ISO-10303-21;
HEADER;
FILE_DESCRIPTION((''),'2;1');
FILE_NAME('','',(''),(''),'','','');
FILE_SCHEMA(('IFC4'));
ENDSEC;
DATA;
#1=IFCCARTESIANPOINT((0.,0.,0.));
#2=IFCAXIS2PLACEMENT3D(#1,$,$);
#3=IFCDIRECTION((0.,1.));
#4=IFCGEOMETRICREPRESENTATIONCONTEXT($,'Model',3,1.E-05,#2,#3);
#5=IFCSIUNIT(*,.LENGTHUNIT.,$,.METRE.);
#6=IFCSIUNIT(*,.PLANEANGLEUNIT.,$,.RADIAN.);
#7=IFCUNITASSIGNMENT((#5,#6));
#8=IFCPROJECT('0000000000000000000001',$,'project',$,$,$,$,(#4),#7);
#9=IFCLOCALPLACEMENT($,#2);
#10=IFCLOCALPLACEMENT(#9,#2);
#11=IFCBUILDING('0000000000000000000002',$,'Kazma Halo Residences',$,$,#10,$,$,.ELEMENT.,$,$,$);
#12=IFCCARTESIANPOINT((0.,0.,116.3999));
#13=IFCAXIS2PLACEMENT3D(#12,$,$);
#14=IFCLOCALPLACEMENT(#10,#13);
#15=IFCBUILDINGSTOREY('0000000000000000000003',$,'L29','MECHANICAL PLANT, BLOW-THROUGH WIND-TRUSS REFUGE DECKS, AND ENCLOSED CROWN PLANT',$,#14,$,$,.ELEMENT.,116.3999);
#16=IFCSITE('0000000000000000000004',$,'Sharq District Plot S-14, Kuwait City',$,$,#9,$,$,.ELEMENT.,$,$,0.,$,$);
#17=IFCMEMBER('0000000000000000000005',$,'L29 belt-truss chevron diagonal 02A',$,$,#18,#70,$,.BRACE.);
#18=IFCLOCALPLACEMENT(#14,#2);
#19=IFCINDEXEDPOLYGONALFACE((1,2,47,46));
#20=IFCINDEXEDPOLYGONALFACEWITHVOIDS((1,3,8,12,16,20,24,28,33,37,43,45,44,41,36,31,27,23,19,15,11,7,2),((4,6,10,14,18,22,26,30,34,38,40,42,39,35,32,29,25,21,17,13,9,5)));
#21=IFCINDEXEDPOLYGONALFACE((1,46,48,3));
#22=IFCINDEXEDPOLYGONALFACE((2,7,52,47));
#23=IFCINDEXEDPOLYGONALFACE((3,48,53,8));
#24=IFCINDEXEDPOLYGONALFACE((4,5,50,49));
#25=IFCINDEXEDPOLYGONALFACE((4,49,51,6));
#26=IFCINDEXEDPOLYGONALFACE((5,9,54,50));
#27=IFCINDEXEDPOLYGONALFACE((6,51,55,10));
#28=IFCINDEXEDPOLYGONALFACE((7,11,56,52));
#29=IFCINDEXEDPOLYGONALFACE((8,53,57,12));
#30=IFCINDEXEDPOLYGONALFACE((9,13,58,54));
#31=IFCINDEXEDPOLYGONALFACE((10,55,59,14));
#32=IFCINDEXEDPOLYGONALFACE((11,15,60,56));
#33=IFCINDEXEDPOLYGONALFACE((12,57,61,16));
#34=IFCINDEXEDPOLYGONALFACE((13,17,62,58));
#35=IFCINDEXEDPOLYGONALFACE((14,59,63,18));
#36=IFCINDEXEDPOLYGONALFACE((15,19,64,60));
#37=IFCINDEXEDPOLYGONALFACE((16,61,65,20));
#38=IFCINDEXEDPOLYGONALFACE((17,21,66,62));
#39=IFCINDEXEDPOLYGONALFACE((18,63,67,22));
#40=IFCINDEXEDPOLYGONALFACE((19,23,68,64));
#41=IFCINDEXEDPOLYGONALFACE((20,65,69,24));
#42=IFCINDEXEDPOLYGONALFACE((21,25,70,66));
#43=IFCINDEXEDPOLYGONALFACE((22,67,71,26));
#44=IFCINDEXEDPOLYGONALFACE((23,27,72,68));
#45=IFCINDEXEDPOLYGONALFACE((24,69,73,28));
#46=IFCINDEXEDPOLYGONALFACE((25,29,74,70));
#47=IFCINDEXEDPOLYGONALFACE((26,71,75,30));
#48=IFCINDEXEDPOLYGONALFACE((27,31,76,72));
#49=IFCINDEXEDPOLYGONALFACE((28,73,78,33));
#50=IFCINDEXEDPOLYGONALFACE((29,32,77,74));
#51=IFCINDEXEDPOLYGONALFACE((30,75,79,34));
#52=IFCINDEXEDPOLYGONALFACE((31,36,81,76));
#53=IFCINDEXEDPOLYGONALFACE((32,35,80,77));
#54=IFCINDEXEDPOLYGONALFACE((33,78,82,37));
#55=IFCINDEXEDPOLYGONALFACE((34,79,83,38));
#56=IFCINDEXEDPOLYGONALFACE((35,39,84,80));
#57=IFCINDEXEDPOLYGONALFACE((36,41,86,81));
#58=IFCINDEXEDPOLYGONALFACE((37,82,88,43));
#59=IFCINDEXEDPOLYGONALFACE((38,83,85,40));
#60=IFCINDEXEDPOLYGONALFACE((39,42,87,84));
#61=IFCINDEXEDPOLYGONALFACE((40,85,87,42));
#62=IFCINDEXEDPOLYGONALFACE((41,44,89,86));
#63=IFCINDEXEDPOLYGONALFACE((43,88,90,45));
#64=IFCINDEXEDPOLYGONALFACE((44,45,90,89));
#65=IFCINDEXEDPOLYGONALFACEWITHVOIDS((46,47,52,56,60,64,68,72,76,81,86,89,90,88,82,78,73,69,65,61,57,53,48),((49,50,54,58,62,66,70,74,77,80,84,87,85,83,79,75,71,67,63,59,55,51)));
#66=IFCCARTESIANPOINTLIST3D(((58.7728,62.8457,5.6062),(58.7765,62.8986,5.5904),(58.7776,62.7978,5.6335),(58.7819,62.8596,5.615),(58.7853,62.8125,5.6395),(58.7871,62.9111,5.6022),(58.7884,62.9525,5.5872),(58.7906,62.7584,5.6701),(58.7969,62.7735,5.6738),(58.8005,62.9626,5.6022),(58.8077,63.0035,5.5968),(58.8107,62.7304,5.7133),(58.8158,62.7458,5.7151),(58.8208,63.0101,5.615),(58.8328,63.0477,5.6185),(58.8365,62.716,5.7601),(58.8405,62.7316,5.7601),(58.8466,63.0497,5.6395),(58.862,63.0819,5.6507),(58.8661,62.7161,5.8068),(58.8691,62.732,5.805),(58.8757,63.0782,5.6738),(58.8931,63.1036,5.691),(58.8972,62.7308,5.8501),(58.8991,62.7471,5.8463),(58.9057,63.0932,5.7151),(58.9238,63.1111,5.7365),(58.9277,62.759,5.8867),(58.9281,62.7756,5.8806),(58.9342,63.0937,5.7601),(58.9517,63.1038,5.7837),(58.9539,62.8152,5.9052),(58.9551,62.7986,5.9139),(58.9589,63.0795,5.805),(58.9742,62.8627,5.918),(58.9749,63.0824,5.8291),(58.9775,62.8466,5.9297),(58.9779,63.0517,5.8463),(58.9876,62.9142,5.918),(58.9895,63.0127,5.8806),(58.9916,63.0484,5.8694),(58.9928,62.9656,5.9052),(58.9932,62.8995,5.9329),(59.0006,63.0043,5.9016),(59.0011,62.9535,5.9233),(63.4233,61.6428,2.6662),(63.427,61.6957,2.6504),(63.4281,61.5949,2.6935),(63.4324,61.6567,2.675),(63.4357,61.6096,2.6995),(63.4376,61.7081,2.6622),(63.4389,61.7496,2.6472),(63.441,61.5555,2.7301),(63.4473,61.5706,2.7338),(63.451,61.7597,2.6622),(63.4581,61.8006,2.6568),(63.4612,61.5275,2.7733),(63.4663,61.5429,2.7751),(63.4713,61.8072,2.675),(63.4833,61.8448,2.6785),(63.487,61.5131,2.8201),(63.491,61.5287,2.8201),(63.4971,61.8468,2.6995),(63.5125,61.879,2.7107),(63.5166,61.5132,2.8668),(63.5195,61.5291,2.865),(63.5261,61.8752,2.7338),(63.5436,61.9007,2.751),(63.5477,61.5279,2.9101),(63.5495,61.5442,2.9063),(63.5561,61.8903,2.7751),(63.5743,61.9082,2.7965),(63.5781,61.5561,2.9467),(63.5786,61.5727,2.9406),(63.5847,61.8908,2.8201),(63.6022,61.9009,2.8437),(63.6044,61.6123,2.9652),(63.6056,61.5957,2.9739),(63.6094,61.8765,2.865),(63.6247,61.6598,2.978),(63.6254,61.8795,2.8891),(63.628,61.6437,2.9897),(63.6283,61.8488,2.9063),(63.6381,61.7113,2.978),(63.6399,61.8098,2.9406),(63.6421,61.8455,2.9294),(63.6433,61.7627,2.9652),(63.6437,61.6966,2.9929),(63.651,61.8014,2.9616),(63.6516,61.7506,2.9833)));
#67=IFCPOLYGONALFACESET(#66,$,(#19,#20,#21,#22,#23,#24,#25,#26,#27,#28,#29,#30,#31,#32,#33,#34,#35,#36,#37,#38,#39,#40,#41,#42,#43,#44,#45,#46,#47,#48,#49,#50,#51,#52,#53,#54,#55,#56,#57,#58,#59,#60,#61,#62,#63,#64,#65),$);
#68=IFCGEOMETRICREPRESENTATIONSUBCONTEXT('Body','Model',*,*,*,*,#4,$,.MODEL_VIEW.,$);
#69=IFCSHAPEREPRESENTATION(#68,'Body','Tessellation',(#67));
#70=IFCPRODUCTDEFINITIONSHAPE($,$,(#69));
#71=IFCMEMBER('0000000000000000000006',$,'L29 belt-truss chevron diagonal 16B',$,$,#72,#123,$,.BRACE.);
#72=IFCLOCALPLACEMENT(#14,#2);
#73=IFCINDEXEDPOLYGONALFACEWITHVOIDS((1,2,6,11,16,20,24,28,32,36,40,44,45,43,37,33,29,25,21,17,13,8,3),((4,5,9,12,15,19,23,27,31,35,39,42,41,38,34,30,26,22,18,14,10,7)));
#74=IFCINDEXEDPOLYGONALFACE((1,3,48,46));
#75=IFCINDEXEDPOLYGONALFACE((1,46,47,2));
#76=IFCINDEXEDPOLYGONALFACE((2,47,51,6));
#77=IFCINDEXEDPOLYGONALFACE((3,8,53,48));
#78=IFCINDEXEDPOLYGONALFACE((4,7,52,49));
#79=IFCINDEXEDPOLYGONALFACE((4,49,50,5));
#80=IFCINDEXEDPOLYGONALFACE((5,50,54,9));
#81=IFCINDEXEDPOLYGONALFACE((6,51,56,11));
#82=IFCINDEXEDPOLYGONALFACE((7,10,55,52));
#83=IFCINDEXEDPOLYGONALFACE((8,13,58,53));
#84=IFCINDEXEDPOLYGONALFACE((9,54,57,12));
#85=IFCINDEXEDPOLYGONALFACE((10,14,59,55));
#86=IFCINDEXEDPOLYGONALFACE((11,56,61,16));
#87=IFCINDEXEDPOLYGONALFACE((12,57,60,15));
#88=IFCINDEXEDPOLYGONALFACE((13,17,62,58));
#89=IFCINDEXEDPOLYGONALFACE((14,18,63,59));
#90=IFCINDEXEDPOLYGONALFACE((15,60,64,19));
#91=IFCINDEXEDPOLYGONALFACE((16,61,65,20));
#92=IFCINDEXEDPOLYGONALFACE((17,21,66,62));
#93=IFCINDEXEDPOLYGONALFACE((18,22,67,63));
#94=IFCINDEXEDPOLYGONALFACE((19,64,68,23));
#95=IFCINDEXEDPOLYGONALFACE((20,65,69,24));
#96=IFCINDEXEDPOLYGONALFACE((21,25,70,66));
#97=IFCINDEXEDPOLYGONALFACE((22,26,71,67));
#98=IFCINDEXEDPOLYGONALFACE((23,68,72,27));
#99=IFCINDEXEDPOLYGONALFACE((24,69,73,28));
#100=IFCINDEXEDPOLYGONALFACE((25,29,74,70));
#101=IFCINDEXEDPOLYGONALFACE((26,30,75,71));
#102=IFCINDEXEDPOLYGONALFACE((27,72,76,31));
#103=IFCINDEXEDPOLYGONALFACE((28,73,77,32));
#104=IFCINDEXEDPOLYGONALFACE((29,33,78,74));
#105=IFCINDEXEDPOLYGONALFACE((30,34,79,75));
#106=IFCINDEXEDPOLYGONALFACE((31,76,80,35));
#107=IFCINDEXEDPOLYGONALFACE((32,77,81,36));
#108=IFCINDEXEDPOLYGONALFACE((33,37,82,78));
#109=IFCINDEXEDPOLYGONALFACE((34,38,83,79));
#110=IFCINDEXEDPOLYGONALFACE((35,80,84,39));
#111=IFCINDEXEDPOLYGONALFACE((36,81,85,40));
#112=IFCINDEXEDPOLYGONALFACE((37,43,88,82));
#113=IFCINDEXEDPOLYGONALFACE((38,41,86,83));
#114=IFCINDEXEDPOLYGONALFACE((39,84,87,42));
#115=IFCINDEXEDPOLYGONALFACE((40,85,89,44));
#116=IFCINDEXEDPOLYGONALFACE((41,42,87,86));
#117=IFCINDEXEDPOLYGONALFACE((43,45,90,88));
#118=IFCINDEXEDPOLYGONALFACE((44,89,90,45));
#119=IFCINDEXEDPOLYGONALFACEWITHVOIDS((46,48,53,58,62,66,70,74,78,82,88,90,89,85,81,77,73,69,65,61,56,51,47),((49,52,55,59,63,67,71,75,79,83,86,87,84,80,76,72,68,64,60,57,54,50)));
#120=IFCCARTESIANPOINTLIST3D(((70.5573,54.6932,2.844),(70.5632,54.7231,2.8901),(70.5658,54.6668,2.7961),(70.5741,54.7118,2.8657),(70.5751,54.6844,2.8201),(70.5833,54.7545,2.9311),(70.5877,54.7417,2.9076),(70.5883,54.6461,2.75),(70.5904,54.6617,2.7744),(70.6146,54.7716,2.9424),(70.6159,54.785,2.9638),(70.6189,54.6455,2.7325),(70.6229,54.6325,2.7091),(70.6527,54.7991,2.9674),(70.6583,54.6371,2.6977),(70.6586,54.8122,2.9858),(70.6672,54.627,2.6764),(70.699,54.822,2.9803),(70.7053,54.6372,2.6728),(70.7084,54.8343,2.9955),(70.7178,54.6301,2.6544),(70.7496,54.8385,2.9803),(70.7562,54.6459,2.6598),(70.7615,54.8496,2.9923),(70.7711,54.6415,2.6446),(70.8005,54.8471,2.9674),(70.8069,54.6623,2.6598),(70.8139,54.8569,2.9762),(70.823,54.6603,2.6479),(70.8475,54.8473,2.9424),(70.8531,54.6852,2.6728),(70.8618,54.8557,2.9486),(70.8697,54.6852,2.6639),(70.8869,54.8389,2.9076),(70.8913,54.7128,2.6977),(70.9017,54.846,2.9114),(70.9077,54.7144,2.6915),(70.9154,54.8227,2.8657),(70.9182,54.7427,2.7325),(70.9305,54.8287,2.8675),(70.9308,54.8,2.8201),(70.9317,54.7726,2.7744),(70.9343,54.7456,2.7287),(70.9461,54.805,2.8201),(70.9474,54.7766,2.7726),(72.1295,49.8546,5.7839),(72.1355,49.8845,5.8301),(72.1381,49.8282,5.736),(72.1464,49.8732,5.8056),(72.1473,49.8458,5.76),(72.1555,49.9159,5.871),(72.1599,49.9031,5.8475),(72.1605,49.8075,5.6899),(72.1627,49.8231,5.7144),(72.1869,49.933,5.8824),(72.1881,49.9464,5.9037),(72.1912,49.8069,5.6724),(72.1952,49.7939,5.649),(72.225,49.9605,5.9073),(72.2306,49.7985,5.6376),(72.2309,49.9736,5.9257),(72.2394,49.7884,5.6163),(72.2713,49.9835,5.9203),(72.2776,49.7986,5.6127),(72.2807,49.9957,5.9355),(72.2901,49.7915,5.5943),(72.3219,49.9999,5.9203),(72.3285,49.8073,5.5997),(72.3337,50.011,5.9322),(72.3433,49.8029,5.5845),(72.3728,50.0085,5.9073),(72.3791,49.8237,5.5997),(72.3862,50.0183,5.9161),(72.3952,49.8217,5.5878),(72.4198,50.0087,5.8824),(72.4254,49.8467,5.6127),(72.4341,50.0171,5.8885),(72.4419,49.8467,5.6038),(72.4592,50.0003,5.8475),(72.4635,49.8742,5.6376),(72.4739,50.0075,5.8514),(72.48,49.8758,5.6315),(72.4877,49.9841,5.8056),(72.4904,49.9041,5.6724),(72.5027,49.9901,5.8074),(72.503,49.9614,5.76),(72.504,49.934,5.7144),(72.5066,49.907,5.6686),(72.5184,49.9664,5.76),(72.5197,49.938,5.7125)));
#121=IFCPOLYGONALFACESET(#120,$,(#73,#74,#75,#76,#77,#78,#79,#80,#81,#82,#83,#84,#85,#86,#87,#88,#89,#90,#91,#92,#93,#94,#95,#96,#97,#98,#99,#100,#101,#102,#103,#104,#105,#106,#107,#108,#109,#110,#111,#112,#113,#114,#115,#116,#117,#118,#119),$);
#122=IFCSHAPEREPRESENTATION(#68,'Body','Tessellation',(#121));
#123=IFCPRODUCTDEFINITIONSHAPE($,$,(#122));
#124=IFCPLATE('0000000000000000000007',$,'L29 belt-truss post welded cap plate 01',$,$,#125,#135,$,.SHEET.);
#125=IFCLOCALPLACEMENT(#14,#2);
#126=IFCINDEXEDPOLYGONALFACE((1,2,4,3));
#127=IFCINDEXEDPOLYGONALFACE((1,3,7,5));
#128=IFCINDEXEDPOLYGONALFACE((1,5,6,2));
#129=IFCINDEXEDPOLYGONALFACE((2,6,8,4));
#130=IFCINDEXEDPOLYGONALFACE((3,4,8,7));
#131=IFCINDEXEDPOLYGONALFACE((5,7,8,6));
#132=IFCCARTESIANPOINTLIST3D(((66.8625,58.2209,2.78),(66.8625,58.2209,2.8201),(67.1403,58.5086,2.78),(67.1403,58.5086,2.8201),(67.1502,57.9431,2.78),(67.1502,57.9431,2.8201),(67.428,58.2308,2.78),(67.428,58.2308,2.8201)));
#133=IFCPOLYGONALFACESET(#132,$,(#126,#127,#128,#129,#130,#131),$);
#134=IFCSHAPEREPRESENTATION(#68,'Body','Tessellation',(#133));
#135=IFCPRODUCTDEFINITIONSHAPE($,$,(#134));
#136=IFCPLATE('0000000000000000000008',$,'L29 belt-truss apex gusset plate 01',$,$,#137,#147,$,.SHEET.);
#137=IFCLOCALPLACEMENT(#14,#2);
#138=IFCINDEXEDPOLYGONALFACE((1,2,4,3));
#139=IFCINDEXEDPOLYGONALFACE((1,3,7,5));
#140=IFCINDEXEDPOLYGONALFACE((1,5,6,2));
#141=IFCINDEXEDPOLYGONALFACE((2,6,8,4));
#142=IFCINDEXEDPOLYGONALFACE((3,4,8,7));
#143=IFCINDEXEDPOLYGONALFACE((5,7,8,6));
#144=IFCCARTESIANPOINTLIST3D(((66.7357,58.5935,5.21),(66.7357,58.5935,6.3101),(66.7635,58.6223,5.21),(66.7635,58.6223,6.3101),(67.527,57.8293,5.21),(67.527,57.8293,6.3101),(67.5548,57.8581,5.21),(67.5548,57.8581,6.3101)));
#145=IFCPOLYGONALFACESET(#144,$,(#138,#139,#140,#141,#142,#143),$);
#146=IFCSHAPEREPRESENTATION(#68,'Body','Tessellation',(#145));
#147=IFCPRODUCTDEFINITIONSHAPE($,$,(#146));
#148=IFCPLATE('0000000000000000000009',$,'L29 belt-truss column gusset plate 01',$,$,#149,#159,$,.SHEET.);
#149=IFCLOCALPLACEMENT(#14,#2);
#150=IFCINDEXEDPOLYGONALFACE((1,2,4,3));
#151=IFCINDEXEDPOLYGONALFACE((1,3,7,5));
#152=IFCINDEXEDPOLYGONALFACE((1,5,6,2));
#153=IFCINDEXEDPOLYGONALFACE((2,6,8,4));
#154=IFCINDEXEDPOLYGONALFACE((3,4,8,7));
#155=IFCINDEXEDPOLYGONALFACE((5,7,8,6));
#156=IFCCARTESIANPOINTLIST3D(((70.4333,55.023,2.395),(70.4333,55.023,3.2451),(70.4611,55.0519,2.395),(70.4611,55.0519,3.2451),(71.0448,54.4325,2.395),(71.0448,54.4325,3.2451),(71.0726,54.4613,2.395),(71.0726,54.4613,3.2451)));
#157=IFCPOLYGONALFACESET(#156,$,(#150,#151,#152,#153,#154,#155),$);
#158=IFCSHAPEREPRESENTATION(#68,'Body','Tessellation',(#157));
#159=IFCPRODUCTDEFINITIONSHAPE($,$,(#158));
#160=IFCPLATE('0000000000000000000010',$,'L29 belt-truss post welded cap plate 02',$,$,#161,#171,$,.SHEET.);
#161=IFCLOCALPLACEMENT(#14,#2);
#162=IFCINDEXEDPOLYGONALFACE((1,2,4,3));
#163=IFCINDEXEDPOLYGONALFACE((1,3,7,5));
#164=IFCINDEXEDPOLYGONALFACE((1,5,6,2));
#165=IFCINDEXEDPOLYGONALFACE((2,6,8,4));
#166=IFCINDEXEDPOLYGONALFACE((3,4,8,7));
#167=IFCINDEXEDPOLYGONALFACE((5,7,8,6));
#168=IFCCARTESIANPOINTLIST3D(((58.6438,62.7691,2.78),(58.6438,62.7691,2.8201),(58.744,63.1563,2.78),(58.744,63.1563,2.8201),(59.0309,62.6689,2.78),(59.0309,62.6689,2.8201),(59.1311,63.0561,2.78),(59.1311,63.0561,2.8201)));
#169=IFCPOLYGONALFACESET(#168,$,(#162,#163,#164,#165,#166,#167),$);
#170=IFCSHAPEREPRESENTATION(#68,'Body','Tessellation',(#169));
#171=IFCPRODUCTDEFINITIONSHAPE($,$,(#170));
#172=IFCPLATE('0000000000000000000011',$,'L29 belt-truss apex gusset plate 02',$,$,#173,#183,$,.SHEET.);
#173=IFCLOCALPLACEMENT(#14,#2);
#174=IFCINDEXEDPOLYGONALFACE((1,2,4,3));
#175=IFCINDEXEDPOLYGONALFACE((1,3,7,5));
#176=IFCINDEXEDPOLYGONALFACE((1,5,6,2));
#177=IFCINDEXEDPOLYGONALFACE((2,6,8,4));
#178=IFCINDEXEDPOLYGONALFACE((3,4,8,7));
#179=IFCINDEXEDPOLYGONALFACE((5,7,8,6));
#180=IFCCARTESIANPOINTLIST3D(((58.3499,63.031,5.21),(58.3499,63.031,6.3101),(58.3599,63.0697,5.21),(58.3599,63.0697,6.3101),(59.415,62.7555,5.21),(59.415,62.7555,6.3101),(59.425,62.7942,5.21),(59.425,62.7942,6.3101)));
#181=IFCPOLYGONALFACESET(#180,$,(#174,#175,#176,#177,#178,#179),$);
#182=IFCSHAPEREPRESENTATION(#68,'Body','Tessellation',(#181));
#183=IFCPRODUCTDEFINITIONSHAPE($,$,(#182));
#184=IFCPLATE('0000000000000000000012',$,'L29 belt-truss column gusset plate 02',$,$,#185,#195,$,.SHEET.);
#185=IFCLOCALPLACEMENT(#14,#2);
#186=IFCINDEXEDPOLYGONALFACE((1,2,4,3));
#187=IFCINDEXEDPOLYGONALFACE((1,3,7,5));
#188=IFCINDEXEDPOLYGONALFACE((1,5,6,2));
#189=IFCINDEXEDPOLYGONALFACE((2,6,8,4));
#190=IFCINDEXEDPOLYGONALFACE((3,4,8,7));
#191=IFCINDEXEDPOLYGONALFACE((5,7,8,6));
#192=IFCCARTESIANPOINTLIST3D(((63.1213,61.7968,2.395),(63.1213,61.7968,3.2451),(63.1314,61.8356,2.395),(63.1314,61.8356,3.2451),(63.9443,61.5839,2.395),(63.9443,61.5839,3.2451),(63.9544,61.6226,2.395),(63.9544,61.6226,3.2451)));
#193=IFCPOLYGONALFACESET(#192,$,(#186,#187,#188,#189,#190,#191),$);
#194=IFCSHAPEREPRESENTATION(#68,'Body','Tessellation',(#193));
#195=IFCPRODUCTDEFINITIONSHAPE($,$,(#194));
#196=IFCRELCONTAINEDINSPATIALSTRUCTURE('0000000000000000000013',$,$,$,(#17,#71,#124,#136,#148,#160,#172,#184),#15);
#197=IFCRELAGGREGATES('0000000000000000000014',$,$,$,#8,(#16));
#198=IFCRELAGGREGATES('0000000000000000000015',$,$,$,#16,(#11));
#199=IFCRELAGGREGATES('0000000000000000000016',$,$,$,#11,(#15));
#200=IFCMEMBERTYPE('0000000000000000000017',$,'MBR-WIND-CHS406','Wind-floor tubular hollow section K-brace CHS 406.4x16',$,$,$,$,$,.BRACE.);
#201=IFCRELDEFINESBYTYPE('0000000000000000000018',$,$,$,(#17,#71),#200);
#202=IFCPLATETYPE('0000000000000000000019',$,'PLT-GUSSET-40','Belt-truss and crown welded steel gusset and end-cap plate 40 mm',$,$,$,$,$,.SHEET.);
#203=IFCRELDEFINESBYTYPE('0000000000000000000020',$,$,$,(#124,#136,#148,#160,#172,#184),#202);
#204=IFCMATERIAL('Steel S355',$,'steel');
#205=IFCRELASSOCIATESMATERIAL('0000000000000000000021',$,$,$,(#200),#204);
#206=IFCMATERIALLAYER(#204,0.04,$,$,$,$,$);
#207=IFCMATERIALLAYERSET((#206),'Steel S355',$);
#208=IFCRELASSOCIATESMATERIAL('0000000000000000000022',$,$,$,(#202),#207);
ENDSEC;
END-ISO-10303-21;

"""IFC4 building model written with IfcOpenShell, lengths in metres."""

from ifc_helpers import new_model, si_unit, direction, frame, origin, origin_2d, place, context, subcontext, project, spatial, rectangle, hollow_circle, extrude, material, layer, layer_set, material_profile, profile_set, type_object, element, save


model = new_model("IFC4")

# Units and contexts
model_context = context("Model", 3, precision=1e-05, world=origin(), true_north=direction((0.0, 1.0)))
body_context = subcontext(model_context, "Body", "Model", "MODEL_VIEW")
ifc_project = project(units=[si_unit("LENGTHUNIT", "METRE"), si_unit("PLANEANGLEUNIT", "RADIAN")], contexts=[model_context])

# Site, building, storey
site_placement = place(None, origin())
site = spatial("IfcSite", under=ifc_project, at=site_placement, Name="Sharq District Plot S-14, Kuwait City", CompositionType="ELEMENT", RefElevation=0.0)
building_placement = place(site_placement, origin())
building = spatial("IfcBuilding", under=site, at=building_placement, Name="Kazma Halo Residences", CompositionType="ELEMENT")
storey_placement = place(building_placement, frame((0.0, 0.0, 116.3999)))
storey = spatial("IfcBuildingStorey", under=building, at=storey_placement, Name="L29", Description="MECHANICAL PLANT, BLOW-THROUGH WIND-TRUSS REFUGE DECKS, AND ENCLOSED CROWN PLANT", CompositionType="ELEMENT", Elevation=116.3999)

# Shared definitions
ifc_material_1 = material(Name="Steel S355", Category="steel")

# Members
ifc_material_profile_1 = material_profile(ifc_material_1, hollow_circle(Radius=0.2031, WallThickness=0.0161, at=origin_2d()), Name="CHS406.4x16")
ifc_profile_set_1 = profile_set([ifc_material_profile_1], Name="Steel S355")
member_type_1 = type_object("IfcMemberType", Name="MBR-WIND-CHS406", Description="Wind-floor tubular hollow section K-brace CHS 406.4x16", PredefinedType="BRACE", material=ifc_profile_set_1)
member_1_placement = place(storey_placement, frame((63.5378, 61.7097, 2.8201), z_axis=(-0.825749, 0.21359, 0.522032), x_axis=(-0.250421, -0.968137, 0.0)))
element("IfcMember", 1, at=member_1_placement, inside=storey, type_object=member_type_1, Name="L29 belt-truss chevron diagonal 02A", PredefinedType="BRACE", context=body_context, shape_type="SweptSolid", body=[
    extrude(hollow_circle(Radius=0.2031, WallThickness=0.0161, at=origin_2d()), origin(), (0.0, 0.0, 1.0), 5.6318),
])
member_2_placement = place(storey_placement, frame((70.7529, 54.7422, 2.8201), z_axis=(0.267573, -0.823453, 0.500329), x_axis=(0.951051, 0.309035, 0.0)))
element("IfcMember", 2, at=member_2_placement, inside=storey, type_object=member_type_1, Name="L29 belt-truss chevron diagonal 16B", PredefinedType="BRACE", context=body_context, shape_type="SweptSolid", body=[
    extrude(hollow_circle(Radius=0.2031, WallThickness=0.0161, at=origin_2d()), origin(), (0.0, 0.0, 1.0), 5.876),
])

# Plates
ifc_layer_1 = layer(ifc_material_1, 0.04)
ifc_layer_set_1 = layer_set([ifc_layer_1], Name="Steel S355")
plate_type = type_object("IfcPlateType", Name="PLT-GUSSET-40", Description="Belt-truss and crown welded steel gusset and end-cap plate 40 mm", PredefinedType="SHEET", material=ifc_layer_set_1)
plate_1_placement = place(storey_placement, frame((67.1453, 58.2258, 2.78), z_axis=(0.0, 0.0, 1.0), x_axis=(-0.719342, 0.694656, 0.0)))
element("IfcPlate", 3, at=plate_1_placement, inside=storey, type_object=plate_type, Name="L29 belt-truss post welded cap plate 01", PredefinedType="SHEET", context=body_context, shape_type="SweptSolid", body=[
    extrude(rectangle(XDim=0.3999, YDim=0.3999, at=origin_2d()), origin(), (0.0, 0.0, 1.0), 0.04),
])
plate_2_placement = place(storey_placement, frame((67.1453, 58.2258, 5.21), z_axis=(0.0, 0.0, 1.0), x_axis=(-0.719342, 0.694656, 0.0)))
element("IfcPlate", 4, at=plate_2_placement, inside=storey, type_object=plate_type, Name="L29 belt-truss apex gusset plate 01", PredefinedType="SHEET", context=body_context, shape_type="SweptSolid", body=[
    extrude(rectangle(XDim=1.1001, YDim=0.04, at=origin_2d()), origin(), (0.0, 0.0, 1.0), 1.1001),
])
plate_3_placement = place(storey_placement, frame((70.7529, 54.7422, 2.395), z_axis=(0.0, 0.0, 1.0), x_axis=(-0.719342, 0.694656, 0.0)))
element("IfcPlate", 5, at=plate_3_placement, inside=storey, type_object=plate_type, Name="L29 belt-truss column gusset plate 01", PredefinedType="SHEET", context=body_context, shape_type="SweptSolid", body=[
    extrude(rectangle(XDim=0.8501, YDim=0.04, at=origin_2d()), origin(), (0.0, 0.0, 1.0), 0.8501),
])
plate_4_placement = place(storey_placement, frame((58.8875, 62.9126, 2.78), z_axis=(0.0, 0.0, 1.0), x_axis=(-0.968127, 0.250461, 0.0)))
element("IfcPlate", 6, at=plate_4_placement, inside=storey, type_object=plate_type, Name="L29 belt-truss post welded cap plate 02", PredefinedType="SHEET", context=body_context, shape_type="SweptSolid", body=[
    extrude(rectangle(XDim=0.3999, YDim=0.3999, at=origin_2d()), origin(), (0.0, 0.0, 1.0), 0.04),
])
plate_5_placement = place(storey_placement, frame((58.8875, 62.9126, 5.21), z_axis=(0.0, 0.0, 1.0), x_axis=(-0.968127, 0.250461, 0.0)))
element("IfcPlate", 7, at=plate_5_placement, inside=storey, type_object=plate_type, Name="L29 belt-truss apex gusset plate 02", PredefinedType="SHEET", context=body_context, shape_type="SweptSolid", body=[
    extrude(rectangle(XDim=1.1001, YDim=0.04, at=origin_2d()), origin(), (0.0, 0.0, 1.0), 1.1001),
])
plate_6_placement = place(storey_placement, frame((63.5378, 61.7097, 2.395), z_axis=(0.0, 0.0, 1.0), x_axis=(-0.968127, 0.250461, 0.0)))
element("IfcPlate", 8, at=plate_6_placement, inside=storey, type_object=plate_type, Name="L29 belt-truss column gusset plate 02", PredefinedType="SHEET", context=body_context, shape_type="SweptSolid", body=[
    extrude(rectangle(XDim=0.8501, YDim=0.04, at=origin_2d()), origin(), (0.0, 0.0, 1.0), 0.8501),
])

save(model, "model.ifc")
